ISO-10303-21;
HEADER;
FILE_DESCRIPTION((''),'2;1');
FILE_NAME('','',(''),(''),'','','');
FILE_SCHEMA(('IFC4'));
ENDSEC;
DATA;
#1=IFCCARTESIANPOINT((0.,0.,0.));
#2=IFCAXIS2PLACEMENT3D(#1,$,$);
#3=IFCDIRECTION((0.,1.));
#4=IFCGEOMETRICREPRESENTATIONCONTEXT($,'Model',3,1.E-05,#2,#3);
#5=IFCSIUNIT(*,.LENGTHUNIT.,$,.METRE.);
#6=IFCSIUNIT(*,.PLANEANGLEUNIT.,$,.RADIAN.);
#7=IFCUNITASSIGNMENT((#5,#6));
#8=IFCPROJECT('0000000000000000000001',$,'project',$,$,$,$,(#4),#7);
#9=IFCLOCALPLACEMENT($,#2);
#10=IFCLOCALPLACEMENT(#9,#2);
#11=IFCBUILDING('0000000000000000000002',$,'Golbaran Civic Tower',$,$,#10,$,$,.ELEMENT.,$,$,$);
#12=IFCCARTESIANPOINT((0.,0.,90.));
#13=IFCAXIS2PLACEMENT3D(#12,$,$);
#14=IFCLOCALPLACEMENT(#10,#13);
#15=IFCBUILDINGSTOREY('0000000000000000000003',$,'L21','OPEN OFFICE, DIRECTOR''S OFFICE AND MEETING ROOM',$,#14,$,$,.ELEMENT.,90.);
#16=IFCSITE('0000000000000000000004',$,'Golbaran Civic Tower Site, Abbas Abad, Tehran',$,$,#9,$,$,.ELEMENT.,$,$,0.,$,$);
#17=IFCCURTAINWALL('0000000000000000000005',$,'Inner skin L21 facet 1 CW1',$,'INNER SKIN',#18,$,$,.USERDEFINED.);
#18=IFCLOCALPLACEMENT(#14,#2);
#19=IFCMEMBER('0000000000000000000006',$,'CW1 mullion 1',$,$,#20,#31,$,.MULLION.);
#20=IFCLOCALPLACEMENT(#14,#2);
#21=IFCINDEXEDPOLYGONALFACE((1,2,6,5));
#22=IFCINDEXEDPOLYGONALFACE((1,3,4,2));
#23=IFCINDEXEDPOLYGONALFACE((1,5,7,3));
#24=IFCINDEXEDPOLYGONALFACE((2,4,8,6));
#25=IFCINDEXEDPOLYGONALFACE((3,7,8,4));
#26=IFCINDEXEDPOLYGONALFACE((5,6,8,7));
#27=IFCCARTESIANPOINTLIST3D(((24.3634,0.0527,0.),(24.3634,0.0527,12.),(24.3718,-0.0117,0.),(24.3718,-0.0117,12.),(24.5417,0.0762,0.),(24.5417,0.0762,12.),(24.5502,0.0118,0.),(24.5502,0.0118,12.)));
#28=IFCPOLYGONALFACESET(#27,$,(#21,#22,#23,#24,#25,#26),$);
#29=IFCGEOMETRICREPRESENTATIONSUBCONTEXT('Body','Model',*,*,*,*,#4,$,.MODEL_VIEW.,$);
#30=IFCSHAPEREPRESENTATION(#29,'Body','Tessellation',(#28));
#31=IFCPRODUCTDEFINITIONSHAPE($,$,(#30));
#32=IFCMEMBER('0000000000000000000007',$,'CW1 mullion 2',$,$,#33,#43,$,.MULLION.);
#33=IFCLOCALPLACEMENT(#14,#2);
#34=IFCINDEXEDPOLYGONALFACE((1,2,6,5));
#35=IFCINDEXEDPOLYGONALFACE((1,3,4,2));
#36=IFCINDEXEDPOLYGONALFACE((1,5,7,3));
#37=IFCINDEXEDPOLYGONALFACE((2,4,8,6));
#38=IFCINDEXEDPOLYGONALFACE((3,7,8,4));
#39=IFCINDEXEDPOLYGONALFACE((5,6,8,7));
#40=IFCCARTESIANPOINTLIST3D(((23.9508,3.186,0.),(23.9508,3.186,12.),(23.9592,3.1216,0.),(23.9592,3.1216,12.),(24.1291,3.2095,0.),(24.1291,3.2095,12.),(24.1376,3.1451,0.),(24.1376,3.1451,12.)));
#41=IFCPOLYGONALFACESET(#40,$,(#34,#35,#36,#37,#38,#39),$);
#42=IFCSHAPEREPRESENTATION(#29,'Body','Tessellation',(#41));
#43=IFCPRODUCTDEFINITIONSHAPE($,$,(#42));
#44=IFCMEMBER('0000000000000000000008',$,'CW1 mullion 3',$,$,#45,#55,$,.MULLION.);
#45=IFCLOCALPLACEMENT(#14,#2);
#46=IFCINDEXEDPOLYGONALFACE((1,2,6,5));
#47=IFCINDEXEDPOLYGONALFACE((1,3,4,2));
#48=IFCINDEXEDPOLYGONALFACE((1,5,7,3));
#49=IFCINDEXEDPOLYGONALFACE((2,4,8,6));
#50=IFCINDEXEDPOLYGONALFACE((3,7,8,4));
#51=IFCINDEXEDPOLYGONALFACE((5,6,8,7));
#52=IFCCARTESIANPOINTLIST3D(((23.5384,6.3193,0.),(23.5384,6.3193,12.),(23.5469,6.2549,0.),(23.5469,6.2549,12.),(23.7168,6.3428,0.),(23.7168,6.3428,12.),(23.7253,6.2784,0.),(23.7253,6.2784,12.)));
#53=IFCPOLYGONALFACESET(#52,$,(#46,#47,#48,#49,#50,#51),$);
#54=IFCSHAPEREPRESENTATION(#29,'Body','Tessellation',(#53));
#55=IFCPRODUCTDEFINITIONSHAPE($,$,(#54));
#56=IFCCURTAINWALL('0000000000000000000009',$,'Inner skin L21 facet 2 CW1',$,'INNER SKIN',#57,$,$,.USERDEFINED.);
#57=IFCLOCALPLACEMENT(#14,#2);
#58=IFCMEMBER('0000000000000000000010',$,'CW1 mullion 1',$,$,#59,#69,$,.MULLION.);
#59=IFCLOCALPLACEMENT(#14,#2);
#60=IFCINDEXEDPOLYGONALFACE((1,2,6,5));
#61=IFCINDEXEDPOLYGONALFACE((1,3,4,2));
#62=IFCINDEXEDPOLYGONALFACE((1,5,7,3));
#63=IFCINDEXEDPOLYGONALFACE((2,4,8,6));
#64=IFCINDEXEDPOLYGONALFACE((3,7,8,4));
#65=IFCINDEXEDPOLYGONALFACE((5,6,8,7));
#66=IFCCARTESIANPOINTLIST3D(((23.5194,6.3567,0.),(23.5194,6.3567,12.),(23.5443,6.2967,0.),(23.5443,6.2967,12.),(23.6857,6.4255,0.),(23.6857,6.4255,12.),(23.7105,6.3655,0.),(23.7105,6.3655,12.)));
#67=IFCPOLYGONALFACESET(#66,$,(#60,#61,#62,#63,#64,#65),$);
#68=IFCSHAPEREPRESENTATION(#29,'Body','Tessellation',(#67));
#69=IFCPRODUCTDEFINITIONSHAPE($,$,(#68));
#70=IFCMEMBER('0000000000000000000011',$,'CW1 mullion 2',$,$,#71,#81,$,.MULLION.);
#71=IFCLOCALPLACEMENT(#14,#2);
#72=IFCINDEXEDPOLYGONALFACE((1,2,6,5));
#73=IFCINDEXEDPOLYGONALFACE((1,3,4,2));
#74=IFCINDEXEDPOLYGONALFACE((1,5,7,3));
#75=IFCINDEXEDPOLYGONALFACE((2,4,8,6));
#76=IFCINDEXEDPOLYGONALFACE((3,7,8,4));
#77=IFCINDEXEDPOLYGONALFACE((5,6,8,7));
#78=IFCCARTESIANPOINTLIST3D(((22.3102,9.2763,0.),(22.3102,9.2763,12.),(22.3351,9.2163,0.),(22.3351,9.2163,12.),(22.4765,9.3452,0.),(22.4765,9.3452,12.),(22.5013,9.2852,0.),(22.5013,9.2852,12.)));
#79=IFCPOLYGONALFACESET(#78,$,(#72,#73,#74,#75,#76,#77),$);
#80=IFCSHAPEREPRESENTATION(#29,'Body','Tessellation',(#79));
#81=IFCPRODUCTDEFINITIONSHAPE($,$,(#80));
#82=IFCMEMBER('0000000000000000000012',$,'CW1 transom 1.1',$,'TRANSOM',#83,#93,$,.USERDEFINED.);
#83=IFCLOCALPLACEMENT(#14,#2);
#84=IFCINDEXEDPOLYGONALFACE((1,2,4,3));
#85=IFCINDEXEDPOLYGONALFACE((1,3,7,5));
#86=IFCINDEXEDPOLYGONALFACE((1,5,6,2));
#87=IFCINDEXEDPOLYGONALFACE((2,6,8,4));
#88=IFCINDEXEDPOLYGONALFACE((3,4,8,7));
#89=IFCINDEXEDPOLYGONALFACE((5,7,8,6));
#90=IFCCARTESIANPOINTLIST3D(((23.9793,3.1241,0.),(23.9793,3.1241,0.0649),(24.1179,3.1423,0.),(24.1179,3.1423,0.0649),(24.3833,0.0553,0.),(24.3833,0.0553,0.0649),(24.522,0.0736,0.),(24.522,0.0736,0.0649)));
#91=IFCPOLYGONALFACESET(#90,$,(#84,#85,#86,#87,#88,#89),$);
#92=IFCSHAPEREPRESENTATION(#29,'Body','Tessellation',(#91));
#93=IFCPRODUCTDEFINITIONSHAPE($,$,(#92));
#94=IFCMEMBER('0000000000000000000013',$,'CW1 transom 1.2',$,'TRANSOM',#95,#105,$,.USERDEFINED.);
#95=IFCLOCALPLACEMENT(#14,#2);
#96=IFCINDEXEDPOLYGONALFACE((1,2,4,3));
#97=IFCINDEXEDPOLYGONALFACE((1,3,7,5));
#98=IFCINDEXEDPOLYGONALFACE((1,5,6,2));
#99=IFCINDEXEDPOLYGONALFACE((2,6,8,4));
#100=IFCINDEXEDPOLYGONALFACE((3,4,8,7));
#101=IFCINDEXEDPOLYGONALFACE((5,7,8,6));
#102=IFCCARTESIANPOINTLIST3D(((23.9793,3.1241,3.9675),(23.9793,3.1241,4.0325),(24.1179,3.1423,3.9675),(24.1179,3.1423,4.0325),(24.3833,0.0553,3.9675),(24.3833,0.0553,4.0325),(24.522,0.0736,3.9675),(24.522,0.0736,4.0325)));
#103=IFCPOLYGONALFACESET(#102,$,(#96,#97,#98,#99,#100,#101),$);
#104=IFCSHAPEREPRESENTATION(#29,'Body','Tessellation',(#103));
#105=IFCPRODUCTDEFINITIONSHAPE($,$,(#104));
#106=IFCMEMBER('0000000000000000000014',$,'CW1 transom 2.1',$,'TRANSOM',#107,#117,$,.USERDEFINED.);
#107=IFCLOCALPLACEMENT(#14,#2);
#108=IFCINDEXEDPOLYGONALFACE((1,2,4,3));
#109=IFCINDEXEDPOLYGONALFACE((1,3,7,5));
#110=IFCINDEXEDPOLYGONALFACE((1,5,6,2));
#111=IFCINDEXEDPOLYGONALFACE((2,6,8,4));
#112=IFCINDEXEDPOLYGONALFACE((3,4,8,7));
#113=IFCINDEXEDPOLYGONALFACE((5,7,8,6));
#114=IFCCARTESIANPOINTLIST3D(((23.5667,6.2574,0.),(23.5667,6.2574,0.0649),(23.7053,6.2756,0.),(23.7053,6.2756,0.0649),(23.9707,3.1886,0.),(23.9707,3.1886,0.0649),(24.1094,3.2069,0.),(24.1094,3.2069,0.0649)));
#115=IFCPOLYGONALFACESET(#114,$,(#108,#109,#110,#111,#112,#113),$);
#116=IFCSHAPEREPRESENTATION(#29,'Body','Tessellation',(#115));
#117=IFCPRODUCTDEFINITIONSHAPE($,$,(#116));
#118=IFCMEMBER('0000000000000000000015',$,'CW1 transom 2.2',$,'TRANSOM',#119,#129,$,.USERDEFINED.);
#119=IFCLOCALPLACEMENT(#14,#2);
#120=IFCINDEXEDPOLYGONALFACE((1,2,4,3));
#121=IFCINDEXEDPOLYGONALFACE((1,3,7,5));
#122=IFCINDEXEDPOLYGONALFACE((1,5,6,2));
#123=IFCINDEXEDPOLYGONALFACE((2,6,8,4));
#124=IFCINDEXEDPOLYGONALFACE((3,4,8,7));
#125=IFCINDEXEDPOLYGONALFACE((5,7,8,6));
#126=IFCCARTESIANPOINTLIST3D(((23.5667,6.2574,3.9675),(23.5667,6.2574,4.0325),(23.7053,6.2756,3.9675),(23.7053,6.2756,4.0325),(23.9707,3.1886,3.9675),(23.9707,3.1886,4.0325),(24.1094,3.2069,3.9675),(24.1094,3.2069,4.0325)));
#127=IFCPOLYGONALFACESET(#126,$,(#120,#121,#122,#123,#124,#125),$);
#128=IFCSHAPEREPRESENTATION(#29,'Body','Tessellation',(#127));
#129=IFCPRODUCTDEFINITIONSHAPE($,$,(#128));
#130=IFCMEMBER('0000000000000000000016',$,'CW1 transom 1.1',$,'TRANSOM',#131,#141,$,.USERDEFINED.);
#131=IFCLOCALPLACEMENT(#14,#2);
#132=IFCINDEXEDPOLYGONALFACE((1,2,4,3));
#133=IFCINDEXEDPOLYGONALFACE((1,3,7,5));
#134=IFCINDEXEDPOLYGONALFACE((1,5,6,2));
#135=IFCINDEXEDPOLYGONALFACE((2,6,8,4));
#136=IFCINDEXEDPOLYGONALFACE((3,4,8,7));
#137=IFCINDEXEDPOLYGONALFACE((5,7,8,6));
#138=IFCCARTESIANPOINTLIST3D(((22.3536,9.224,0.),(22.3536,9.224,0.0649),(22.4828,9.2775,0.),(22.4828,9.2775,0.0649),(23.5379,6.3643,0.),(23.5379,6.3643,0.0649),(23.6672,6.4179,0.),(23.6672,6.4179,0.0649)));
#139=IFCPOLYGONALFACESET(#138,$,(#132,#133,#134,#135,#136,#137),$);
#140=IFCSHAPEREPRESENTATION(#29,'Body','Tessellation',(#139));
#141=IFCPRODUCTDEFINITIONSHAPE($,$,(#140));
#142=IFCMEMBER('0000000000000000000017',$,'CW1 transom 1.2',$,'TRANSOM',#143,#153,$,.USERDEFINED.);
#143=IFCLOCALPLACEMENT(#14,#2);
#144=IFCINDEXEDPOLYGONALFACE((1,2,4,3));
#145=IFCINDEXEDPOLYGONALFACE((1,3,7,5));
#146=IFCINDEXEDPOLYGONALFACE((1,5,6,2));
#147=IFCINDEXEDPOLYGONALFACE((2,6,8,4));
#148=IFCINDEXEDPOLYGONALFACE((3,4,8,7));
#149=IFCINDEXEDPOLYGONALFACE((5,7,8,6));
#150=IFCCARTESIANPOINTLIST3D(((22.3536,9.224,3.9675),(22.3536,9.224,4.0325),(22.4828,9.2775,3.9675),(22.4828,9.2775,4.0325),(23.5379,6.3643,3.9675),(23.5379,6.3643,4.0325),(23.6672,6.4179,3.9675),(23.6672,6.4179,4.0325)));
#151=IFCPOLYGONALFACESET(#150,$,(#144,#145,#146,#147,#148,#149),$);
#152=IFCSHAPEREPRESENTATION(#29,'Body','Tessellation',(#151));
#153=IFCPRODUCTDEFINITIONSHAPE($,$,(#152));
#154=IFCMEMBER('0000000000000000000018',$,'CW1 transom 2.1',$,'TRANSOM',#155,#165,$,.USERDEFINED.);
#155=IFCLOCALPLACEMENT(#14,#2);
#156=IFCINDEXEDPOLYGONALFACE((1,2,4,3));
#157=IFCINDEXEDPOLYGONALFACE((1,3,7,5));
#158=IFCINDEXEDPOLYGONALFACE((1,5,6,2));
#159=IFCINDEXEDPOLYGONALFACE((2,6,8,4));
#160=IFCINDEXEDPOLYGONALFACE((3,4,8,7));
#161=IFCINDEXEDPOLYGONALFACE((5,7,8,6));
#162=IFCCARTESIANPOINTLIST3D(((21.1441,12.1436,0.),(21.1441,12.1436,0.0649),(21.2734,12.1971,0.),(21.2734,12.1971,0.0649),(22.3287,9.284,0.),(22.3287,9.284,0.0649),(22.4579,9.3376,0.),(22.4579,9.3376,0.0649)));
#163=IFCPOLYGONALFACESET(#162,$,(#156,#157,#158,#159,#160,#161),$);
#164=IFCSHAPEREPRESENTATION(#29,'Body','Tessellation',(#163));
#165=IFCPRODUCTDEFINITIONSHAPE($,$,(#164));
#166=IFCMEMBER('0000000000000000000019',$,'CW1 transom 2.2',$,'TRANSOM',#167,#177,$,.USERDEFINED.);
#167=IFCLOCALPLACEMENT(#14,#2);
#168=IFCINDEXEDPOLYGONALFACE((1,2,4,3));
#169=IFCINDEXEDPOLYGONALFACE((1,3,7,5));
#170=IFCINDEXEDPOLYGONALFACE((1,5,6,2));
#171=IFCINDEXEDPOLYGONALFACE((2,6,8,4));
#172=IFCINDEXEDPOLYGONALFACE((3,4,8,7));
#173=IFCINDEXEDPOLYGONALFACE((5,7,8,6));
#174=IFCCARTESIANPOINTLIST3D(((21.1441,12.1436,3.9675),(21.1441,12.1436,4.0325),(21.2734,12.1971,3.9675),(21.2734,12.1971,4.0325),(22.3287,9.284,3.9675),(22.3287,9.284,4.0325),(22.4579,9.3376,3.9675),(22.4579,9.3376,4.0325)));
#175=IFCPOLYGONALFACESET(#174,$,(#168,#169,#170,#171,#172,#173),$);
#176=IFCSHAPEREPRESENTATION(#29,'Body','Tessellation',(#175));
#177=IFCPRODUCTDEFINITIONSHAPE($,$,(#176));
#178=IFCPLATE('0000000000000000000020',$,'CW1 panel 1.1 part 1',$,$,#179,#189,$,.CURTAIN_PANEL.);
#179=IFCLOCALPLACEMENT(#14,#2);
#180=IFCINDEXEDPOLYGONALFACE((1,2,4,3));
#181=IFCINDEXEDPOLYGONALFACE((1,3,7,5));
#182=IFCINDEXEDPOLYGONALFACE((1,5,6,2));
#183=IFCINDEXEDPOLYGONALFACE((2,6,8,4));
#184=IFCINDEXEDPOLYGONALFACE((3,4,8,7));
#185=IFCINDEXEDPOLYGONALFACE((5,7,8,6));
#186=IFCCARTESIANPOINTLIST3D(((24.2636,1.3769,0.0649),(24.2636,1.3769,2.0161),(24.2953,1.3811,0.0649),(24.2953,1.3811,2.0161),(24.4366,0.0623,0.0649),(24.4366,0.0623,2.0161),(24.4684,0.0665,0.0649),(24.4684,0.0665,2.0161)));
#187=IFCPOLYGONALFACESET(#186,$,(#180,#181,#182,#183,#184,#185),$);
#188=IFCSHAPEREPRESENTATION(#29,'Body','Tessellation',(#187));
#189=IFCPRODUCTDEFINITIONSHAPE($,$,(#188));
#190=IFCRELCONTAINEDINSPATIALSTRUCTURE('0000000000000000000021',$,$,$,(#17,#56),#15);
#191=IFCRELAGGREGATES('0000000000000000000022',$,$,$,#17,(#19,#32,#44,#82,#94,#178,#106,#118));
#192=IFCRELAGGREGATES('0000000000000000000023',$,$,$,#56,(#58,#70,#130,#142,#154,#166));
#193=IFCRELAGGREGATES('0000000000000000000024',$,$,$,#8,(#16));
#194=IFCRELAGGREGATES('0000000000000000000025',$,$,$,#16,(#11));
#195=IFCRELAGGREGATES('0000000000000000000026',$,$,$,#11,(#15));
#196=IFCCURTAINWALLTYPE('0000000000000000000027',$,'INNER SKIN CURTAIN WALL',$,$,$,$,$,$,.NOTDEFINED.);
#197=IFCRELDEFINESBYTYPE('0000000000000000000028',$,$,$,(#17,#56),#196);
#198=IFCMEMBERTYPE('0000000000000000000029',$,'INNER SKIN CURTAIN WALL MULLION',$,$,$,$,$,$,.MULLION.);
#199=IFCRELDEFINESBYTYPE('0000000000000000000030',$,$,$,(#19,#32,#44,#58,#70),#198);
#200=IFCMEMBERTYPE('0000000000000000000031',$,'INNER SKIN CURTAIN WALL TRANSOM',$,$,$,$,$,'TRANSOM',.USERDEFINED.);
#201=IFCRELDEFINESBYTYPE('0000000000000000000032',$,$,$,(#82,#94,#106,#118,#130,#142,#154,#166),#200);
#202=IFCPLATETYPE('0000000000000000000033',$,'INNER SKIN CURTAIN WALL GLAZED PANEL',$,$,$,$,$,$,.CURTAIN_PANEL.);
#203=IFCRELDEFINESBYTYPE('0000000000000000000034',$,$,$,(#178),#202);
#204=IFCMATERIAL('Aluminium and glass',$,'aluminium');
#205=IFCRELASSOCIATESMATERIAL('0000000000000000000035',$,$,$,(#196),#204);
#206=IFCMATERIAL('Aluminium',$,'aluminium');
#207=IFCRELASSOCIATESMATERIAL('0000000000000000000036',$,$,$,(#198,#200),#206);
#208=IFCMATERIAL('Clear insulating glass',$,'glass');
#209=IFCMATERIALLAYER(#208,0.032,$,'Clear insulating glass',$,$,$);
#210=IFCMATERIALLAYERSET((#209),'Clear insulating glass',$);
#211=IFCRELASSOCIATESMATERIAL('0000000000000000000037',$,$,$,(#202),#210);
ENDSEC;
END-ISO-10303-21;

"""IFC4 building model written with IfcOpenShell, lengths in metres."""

from ifc_helpers import new_model, si_unit, direction, frame, origin, origin_2d, place, context, subcontext, project, spatial, rectangle, extrude, material, layer, layer_set, material_profile, profile_set, type_object, element, aggregate, save


model = new_model("IFC4")

# Units and contexts
model_context = context("Model", 3, precision=1e-05, world=origin(), true_north=direction((0.0, 1.0)))
body_context = subcontext(model_context, "Body", "Model", "MODEL_VIEW")
ifc_project = project(units=[si_unit("LENGTHUNIT", "METRE"), si_unit("PLANEANGLEUNIT", "RADIAN")], contexts=[model_context])

# Site, building, storey
site_placement = place(None, origin())
site = spatial("IfcSite", under=ifc_project, at=site_placement, Name="Golbaran Civic Tower Site, Abbas Abad, Tehran", CompositionType="ELEMENT", RefElevation=0.0)
building_placement = place(site_placement, origin())
building = spatial("IfcBuilding", under=site, at=building_placement, Name="Golbaran Civic Tower", CompositionType="ELEMENT")
storey_placement = place(building_placement, frame((0.0, 0.0, 90.0)))
storey = spatial("IfcBuildingStorey", under=building, at=storey_placement, Name="L21", Description="OPEN OFFICE, DIRECTOR'S OFFICE AND MEETING ROOM", CompositionType="ELEMENT", Elevation=90.0)

# Curtain walls, members
ifc_material_1 = material(Name="Aluminium and glass", Category="aluminium")
curtain_wall_type = type_object("IfcCurtainWallType", Name="INNER SKIN CURTAIN WALL", PredefinedType="NOTDEFINED", material=ifc_material_1)
curtain_wall_1_placement = place(storey_placement, origin())
curtain_wall_1 = element("IfcCurtainWall", 1, at=curtain_wall_1_placement, inside=storey, type_object=curtain_wall_type, Name="Inner skin L21 facet 1 CW1", ObjectType="INNER SKIN", PredefinedType="USERDEFINED")
ifc_material_2 = material(Name="Aluminium", Category="aluminium")
ifc_material_profile_1 = material_profile(ifc_material_2, rectangle(XDim=0.1799, YDim=0.0649, at=origin_2d()), Name="INNER SKIN CURTAIN WALL MULLION")
ifc_profile_set_1 = profile_set([ifc_material_profile_1], Name="Aluminium")
member_type_1 = type_object("IfcMemberType", Name="INNER SKIN CURTAIN WALL MULLION", PredefinedType="MULLION", material=ifc_profile_set_1)
member_1_placement = place(storey_placement, frame((24.4568, 0.0322, 0.0), z_axis=(0.0, 0.0, 1.0), x_axis=(-0.991445, -0.130526, 0.0)))
member_1 = element("IfcMember", 2, at=member_1_placement, type_object=member_type_1, Name="CW1 mullion 1", PredefinedType="MULLION", context=body_context, shape_type="SweptSolid", body=[
    extrude(rectangle(XDim=0.1799, YDim=0.0649, at=origin_2d()), origin(), (0.0, 0.0, 1.0), 12.0),
])
member_2_placement = place(storey_placement, frame((24.0442, 3.1655, 0.0), z_axis=(0.0, 0.0, 1.0), x_axis=(-0.991445, -0.130526, 0.0)))
member_2 = element("IfcMember", 3, at=member_2_placement, type_object=member_type_1, Name="CW1 mullion 2", PredefinedType="MULLION", context=body_context, shape_type="SweptSolid", body=[
    extrude(rectangle(XDim=0.1799, YDim=0.0649, at=origin_2d()), origin(), (0.0, 0.0, 1.0), 12.0),
])
member_3_placement = place(storey_placement, frame((23.6318, 6.2988, 0.0), z_axis=(0.0, 0.0, 1.0), x_axis=(-0.991445, -0.130526, 0.0)))
member_3 = element("IfcMember", 4, at=member_3_placement, type_object=member_type_1, Name="CW1 mullion 3", PredefinedType="MULLION", context=body_context, shape_type="SweptSolid", body=[
    extrude(rectangle(XDim=0.1799, YDim=0.0649, at=origin_2d()), origin(), (0.0, 0.0, 1.0), 12.0),
])
curtain_wall_2_placement = place(storey_placement, origin())
curtain_wall_2 = element("IfcCurtainWall", 5, at=curtain_wall_2_placement, inside=storey, type_object=curtain_wall_type, Name="Inner skin L21 facet 2 CW1", ObjectType="INNER SKIN", PredefinedType="USERDEFINED")
member_4_placement = place(storey_placement, frame((23.615, 6.3611, 0.0), z_axis=(0.0, 0.0, 1.0), x_axis=(-0.92388, -0.382683, 0.0)))
member_4 = element("IfcMember", 6, at=member_4_placement, type_object=member_type_1, Name="CW1 mullion 1", PredefinedType="MULLION", context=body_context, shape_type="SweptSolid", body=[
    extrude(rectangle(XDim=0.1799, YDim=0.0649, at=origin_2d()), origin(), (0.0, 0.0, 1.0), 12.0),
])
member_5_placement = place(storey_placement, frame((22.4058, 9.2808, 0.0), z_axis=(0.0, 0.0, 1.0), x_axis=(-0.92388, -0.382683, 0.0)))
member_5 = element("IfcMember", 7, at=member_5_placement, type_object=member_type_1, Name="CW1 mullion 2", PredefinedType="MULLION", context=body_context, shape_type="SweptSolid", body=[
    extrude(rectangle(XDim=0.1799, YDim=0.0649, at=origin_2d()), origin(), (0.0, 0.0, 1.0), 12.0),
])

# Members
ifc_material_profile_2 = material_profile(ifc_material_2, rectangle(XDim=0.1399, YDim=0.0649, at=origin_2d()), Name="INNER SKIN CURTAIN WALL TRANSOM")
ifc_profile_set_2 = profile_set([ifc_material_profile_2], Name="Aluminium")
member_type_2 = type_object("IfcMemberType", Name="INNER SKIN CURTAIN WALL TRANSOM", ElementType="TRANSOM", PredefinedType="USERDEFINED", material=ifc_profile_set_2)
member_6_placement = place(storey_placement, frame((24.4526, 0.0645, 0.0325), z_axis=(-0.130536, 0.991444, 0.0), x_axis=(-0.991444, -0.130536, 0.0)))
member_6 = element("IfcMember", 8, at=member_6_placement, type_object=member_type_2, Name="CW1 transom 1.1", ObjectType="TRANSOM", PredefinedType="USERDEFINED", context=body_context, shape_type="SweptSolid", body=[
    extrude(rectangle(XDim=0.1399, YDim=0.0649, at=origin_2d()), origin(), (0.0, 0.0, 1.0), 3.0952),
])
member_7_placement = place(storey_placement, frame((24.4526, 0.0645, 4.0), z_axis=(-0.130536, 0.991444, 0.0), x_axis=(-0.991444, -0.130536, 0.0)))
member_7 = element("IfcMember", 9, at=member_7_placement, type_object=member_type_2, Name="CW1 transom 1.2", ObjectType="TRANSOM", PredefinedType="USERDEFINED", context=body_context, shape_type="SweptSolid", body=[
    extrude(rectangle(XDim=0.1399, YDim=0.0649, at=origin_2d()), origin(), (0.0, 0.0, 1.0), 3.0952),
])
member_8_placement = place(storey_placement, frame((24.04, 3.1978, 0.0325), z_axis=(-0.130536, 0.991444, 0.0), x_axis=(-0.991444, -0.130536, 0.0)))
member_8 = element("IfcMember", 10, at=member_8_placement, type_object=member_type_2, Name="CW1 transom 2.1", ObjectType="TRANSOM", PredefinedType="USERDEFINED", context=body_context, shape_type="SweptSolid", body=[
    extrude(rectangle(XDim=0.1399, YDim=0.0649, at=origin_2d()), origin(), (0.0, 0.0, 1.0), 3.0952),
])
member_9_placement = place(storey_placement, frame((24.04, 3.1978, 4.0), z_axis=(-0.130536, 0.991444, 0.0), x_axis=(-0.991444, -0.130536, 0.0)))
member_9 = element("IfcMember", 11, at=member_9_placement, type_object=member_type_2, Name="CW1 transom 2.2", ObjectType="TRANSOM", PredefinedType="USERDEFINED", context=body_context, shape_type="SweptSolid", body=[
    extrude(rectangle(XDim=0.1399, YDim=0.0649, at=origin_2d()), origin(), (0.0, 0.0, 1.0), 3.0952),
])
member_10_placement = place(storey_placement, frame((23.6025, 6.3911, 0.0325), z_axis=(-0.382637, 0.923899, 0.0), x_axis=(-0.923899, -0.382637, 0.0)))
member_10 = element("IfcMember", 12, at=member_10_placement, type_object=member_type_2, Name="CW1 transom 1.1", ObjectType="TRANSOM", PredefinedType="USERDEFINED", context=body_context, shape_type="SweptSolid", body=[
    extrude(rectangle(XDim=0.1399, YDim=0.0649, at=origin_2d()), origin(), (0.0, 0.0, 1.0), 3.0952),
])
member_11_placement = place(storey_placement, frame((23.6025, 6.3911, 4.0), z_axis=(-0.382637, 0.923899, 0.0), x_axis=(-0.923899, -0.382637, 0.0)))
member_11 = element("IfcMember", 13, at=member_11_placement, type_object=member_type_2, Name="CW1 transom 1.2", ObjectType="TRANSOM", PredefinedType="USERDEFINED", context=body_context, shape_type="SweptSolid", body=[
    extrude(rectangle(XDim=0.1399, YDim=0.0649, at=origin_2d()), origin(), (0.0, 0.0, 1.0), 3.0952),
])
member_12_placement = place(storey_placement, frame((22.3933, 9.3108, 0.0325), z_axis=(-0.382705, 0.923871, 0.0), x_axis=(-0.923871, -0.382705, 0.0)))
member_12 = element("IfcMember", 14, at=member_12_placement, type_object=member_type_2, Name="CW1 transom 2.1", ObjectType="TRANSOM", PredefinedType="USERDEFINED", context=body_context, shape_type="SweptSolid", body=[
    extrude(rectangle(XDim=0.1399, YDim=0.0649, at=origin_2d()), origin(), (0.0, 0.0, 1.0), 3.0952),
])
member_13_placement = place(storey_placement, frame((22.3933, 9.3108, 4.0), z_axis=(-0.382705, 0.923871, 0.0), x_axis=(-0.923871, -0.382705, 0.0)))
member_13 = element("IfcMember", 15, at=member_13_placement, type_object=member_type_2, Name="CW1 transom 2.2", ObjectType="TRANSOM", PredefinedType="USERDEFINED", context=body_context, shape_type="SweptSolid", body=[
    extrude(rectangle(XDim=0.1399, YDim=0.0649, at=origin_2d()), origin(), (0.0, 0.0, 1.0), 3.0952),
])

# Plate
ifc_material_3 = material(Name="Clear insulating glass", Category="glass")
ifc_layer_1 = layer(ifc_material_3, 0.032, Name="Clear insulating glass")
ifc_layer_set_1 = layer_set([ifc_layer_1], Name="Clear insulating glass")
plate_type_1 = type_object("IfcPlateType", Name="INNER SKIN CURTAIN WALL GLAZED PANEL", PredefinedType="CURTAIN_PANEL", material=ifc_layer_set_1)
plate_1_placement = place(storey_placement, frame((24.366, 0.7217, 0.0649), z_axis=(0.0, 0.0, 1.0), x_axis=(-0.130526, 0.991445, 0.0)))
plate_1 = element("IfcPlate", 16, at=plate_1_placement, type_object=plate_type_1, Name="CW1 panel 1.1 part 1", PredefinedType="CURTAIN_PANEL", context=body_context, shape_type="SweptSolid", body=[
    extrude(rectangle(XDim=1.3259, YDim=0.032, at=origin_2d()), origin(), (0.0, 0.0, 1.0), 1.9512),
])
aggregate(curtain_wall_1, [member_1, member_2, member_3, member_6, member_7, plate_1, member_8, member_9])
aggregate(curtain_wall_2, [member_4, member_5, member_10, member_11, member_12, member_13])

save(model, "model.ifc")
